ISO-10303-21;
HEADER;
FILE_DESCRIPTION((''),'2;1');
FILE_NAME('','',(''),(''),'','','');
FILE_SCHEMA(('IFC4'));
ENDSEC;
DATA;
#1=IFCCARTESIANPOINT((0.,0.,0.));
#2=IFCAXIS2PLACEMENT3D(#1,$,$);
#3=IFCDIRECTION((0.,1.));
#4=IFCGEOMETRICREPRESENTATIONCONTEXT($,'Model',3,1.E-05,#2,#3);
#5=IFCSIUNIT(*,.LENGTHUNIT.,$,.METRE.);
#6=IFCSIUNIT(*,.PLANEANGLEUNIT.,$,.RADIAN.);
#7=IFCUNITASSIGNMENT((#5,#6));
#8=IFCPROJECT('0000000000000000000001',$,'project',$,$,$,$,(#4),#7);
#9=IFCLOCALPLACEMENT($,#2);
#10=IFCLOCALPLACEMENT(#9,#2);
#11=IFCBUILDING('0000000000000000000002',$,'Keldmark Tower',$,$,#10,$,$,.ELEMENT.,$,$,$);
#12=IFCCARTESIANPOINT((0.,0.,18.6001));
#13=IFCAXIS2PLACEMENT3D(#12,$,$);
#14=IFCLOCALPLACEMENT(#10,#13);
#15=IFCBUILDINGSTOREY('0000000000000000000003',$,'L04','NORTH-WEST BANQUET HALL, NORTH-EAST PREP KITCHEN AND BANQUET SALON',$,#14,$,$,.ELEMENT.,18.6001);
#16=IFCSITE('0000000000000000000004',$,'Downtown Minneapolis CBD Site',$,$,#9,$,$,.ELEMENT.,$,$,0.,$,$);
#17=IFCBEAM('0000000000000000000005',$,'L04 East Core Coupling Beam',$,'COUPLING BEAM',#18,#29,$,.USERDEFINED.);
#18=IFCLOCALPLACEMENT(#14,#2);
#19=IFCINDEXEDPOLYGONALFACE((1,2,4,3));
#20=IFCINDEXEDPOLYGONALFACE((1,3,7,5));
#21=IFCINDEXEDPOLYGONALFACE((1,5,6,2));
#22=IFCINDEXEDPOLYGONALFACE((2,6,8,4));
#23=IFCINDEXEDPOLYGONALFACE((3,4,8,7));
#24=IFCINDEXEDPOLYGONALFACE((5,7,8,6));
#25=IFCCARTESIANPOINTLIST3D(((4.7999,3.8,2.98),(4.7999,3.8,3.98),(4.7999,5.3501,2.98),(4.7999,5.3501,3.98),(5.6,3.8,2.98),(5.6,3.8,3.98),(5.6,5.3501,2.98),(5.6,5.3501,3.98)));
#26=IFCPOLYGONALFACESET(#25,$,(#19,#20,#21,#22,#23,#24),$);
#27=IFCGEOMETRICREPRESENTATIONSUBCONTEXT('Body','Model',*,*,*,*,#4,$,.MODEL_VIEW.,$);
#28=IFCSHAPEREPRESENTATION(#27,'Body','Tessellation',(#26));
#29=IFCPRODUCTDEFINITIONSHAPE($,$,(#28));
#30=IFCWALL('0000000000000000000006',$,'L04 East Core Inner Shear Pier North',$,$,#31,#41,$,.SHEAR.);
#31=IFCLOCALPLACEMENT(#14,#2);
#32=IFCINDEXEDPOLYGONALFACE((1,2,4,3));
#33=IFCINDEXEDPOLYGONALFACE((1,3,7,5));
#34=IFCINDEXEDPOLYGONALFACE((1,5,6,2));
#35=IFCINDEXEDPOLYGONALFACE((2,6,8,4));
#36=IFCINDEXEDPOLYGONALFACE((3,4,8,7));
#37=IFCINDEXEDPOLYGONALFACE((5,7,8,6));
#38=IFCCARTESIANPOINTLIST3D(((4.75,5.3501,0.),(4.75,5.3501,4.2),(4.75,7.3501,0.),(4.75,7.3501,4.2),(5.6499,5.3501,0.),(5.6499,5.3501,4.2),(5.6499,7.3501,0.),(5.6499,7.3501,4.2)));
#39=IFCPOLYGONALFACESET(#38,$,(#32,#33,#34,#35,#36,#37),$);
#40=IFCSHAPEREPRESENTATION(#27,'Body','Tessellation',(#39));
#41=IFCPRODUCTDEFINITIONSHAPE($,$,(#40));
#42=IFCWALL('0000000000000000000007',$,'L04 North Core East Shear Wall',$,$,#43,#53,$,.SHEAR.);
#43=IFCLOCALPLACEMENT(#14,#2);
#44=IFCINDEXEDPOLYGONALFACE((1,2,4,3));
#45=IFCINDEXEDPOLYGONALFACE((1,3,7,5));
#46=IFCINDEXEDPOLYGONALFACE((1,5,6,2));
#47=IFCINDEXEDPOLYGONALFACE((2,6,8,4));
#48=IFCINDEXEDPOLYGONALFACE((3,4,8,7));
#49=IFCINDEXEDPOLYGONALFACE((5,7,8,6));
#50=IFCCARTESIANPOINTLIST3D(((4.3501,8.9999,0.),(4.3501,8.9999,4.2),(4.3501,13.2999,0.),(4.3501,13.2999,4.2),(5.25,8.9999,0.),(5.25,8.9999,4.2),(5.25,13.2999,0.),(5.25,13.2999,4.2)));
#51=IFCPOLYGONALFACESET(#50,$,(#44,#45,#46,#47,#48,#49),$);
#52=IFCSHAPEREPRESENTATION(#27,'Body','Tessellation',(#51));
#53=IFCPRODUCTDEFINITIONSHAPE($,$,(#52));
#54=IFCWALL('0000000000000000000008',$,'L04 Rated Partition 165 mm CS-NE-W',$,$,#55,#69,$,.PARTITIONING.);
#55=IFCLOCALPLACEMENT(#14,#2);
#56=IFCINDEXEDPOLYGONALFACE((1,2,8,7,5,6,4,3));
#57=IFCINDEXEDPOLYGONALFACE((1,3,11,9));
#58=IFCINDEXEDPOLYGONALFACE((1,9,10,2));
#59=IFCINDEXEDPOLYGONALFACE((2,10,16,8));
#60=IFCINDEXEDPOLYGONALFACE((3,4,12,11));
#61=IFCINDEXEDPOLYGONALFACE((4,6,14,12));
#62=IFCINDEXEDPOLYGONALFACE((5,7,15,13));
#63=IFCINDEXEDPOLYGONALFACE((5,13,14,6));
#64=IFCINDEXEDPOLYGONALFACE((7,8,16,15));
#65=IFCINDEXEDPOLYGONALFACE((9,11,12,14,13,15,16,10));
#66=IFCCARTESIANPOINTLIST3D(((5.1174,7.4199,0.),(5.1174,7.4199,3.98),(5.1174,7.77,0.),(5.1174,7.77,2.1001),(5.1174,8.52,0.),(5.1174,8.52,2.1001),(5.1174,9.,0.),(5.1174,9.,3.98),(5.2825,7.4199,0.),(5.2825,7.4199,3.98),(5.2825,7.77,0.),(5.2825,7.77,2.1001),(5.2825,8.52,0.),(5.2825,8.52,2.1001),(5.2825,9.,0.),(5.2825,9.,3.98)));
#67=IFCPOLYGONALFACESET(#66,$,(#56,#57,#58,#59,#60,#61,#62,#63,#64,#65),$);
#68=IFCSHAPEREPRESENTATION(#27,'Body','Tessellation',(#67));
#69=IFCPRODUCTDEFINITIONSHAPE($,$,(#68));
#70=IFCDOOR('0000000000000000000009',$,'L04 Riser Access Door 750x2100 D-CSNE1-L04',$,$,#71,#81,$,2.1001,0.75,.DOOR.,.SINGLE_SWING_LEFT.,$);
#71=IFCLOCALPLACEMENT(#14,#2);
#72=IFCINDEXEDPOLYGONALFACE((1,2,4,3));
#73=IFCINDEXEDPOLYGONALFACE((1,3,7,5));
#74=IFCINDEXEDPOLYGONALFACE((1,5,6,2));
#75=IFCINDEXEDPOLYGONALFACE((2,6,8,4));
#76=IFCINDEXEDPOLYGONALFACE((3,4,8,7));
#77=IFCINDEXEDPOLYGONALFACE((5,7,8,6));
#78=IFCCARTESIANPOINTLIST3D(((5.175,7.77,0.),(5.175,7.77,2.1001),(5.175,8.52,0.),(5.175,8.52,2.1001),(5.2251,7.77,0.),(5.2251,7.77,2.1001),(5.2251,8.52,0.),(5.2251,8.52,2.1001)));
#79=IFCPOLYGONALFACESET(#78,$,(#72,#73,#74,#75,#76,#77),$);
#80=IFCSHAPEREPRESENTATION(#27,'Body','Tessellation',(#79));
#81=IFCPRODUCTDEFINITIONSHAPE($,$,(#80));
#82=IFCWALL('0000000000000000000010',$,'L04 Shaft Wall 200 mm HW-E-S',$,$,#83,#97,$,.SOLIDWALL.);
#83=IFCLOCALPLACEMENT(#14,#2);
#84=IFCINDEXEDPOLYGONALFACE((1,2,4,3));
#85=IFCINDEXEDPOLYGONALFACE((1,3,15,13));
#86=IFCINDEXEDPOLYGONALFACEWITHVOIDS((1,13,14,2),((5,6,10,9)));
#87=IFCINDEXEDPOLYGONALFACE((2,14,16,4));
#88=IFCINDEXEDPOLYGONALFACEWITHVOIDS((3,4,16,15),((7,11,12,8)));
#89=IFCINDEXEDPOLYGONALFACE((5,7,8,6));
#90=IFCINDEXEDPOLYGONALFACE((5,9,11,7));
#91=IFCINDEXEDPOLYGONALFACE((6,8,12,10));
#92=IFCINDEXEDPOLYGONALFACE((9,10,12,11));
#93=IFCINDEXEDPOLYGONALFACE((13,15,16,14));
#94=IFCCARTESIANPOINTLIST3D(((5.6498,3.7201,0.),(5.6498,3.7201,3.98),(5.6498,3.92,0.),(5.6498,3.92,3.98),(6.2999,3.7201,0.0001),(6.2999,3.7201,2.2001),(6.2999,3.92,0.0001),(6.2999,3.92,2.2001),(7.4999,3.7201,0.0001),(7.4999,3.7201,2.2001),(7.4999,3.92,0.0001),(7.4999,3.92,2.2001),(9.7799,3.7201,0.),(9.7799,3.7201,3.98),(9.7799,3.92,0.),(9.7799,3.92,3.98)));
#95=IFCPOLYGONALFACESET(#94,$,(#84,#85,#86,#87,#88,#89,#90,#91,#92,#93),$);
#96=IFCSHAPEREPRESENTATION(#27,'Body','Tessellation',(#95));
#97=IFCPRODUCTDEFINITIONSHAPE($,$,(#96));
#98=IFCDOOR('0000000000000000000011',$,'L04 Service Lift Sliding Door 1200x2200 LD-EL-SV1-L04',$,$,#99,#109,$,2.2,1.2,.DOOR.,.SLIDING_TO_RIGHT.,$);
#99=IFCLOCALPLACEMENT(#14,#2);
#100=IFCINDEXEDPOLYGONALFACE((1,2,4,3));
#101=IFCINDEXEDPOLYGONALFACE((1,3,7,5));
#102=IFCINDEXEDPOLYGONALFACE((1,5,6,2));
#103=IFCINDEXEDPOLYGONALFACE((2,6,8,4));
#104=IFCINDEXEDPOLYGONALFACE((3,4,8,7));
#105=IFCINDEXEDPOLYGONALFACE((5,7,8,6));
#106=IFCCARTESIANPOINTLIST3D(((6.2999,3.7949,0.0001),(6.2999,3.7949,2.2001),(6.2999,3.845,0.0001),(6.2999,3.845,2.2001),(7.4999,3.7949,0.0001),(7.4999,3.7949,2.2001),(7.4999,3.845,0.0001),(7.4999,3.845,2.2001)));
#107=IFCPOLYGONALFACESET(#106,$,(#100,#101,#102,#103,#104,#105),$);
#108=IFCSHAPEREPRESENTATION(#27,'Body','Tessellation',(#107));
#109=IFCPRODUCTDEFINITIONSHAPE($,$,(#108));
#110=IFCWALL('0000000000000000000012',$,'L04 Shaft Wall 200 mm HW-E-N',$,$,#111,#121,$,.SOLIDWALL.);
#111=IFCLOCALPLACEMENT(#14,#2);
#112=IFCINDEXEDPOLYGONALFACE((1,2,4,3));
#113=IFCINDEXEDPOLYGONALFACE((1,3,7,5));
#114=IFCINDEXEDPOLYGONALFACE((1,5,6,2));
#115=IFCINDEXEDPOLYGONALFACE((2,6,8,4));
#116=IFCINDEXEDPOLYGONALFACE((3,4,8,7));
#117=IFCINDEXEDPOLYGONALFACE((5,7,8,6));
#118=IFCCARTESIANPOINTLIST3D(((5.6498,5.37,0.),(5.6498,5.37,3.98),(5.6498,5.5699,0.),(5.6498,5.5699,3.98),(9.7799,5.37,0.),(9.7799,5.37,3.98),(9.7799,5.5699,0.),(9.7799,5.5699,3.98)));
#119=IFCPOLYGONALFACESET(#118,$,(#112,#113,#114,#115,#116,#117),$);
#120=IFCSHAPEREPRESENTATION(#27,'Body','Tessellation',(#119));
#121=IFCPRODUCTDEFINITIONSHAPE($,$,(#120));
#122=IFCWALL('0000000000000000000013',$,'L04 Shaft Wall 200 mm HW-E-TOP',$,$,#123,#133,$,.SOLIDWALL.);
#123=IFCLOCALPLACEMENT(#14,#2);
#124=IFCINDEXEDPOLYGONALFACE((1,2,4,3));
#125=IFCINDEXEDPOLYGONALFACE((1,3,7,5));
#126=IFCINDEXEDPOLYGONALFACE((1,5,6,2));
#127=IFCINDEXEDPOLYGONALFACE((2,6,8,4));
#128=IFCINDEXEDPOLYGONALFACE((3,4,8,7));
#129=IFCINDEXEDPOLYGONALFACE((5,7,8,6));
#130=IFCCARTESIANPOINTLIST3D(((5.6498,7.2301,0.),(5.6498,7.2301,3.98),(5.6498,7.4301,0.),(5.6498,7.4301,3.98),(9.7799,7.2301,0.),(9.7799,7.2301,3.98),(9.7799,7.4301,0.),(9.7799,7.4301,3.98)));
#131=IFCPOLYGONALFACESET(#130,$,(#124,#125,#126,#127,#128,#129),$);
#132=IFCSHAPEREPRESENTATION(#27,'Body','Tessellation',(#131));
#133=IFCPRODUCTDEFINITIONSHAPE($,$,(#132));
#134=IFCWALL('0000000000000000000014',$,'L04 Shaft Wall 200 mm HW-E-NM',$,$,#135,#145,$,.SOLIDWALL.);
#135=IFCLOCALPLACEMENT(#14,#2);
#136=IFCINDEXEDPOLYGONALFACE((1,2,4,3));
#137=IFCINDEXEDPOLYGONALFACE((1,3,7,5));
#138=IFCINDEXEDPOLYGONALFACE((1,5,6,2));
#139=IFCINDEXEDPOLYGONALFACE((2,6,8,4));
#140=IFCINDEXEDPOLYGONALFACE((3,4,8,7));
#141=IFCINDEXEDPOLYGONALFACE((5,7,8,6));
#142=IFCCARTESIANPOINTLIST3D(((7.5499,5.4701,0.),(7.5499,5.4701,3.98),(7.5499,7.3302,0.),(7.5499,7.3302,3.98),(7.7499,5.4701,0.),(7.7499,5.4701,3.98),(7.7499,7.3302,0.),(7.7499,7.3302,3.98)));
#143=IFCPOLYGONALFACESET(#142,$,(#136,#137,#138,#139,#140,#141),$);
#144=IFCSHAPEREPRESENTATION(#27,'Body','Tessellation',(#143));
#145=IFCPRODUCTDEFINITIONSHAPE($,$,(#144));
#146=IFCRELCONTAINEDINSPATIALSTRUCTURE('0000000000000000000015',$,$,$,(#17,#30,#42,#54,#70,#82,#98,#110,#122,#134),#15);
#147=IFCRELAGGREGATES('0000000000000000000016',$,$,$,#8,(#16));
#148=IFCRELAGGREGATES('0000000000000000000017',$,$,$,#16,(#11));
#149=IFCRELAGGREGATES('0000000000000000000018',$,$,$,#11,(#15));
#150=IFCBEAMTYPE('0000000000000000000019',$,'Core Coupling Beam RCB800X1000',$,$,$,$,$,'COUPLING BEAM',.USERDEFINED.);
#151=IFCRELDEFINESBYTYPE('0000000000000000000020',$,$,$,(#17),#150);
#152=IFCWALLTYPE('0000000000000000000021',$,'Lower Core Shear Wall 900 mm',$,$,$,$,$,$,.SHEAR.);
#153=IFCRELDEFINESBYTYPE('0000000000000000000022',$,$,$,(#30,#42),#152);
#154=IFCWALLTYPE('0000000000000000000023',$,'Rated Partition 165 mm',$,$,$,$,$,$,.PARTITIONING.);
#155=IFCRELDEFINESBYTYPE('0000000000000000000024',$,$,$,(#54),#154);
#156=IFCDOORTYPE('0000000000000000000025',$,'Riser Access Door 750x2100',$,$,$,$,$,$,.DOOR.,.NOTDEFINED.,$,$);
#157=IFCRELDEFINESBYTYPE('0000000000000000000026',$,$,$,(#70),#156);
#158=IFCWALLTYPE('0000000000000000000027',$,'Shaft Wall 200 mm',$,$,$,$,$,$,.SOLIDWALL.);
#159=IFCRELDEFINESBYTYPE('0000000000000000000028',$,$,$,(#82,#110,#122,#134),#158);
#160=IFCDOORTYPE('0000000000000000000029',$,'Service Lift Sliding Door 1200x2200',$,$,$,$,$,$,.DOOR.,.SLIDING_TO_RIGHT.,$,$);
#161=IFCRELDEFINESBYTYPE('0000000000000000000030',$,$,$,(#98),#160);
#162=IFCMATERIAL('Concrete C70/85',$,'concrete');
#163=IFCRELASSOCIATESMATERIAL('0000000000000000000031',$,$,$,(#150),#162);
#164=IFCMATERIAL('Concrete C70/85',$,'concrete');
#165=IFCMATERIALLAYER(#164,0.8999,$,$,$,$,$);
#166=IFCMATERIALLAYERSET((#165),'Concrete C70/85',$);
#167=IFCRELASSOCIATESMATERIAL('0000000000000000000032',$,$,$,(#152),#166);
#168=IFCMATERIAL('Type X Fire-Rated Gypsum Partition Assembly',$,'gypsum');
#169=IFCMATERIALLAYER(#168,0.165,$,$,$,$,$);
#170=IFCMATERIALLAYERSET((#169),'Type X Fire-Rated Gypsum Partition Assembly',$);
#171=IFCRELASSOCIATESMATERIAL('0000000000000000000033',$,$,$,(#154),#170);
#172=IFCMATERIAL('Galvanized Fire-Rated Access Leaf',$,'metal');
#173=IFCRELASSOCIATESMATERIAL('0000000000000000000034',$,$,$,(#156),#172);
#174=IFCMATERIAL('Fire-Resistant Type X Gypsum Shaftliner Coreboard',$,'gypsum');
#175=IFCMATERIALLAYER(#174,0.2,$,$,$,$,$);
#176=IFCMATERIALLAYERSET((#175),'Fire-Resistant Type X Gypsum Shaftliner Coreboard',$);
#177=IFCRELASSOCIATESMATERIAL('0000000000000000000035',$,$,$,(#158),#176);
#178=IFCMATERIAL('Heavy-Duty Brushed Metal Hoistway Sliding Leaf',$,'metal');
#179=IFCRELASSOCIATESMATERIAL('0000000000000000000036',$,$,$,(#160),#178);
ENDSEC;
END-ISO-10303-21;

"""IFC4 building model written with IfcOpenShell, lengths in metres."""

from ifc_helpers import new_model, si_unit, direction, frame, frame_2d, origin, origin_2d, place, context, subcontext, project, spatial, rectangle, extrude, material, layer, layer_set, material_profile, profile_set, type_object, element, fill, save


model = new_model("IFC4")

# Units and contexts
model_context = context("Model", 3, precision=1e-05, world=origin(), true_north=direction((0.0, 1.0)))
body_context = subcontext(model_context, "Body", "Model", "MODEL_VIEW")
ifc_project = project(units=[si_unit("LENGTHUNIT", "METRE"), si_unit("PLANEANGLEUNIT", "RADIAN")], contexts=[model_context])

# Site, building, storey
site_placement = place(None, origin())
site = spatial("IfcSite", under=ifc_project, at=site_placement, Name="Downtown Minneapolis CBD Site", CompositionType="ELEMENT", RefElevation=0.0)
building_placement = place(site_placement, origin())
building = spatial("IfcBuilding", under=site, at=building_placement, Name="Keldmark Tower", CompositionType="ELEMENT")
storey_placement = place(building_placement, frame((0.0, 0.0, 18.6001)))
storey = spatial("IfcBuildingStorey", under=building, at=storey_placement, Name="L04", Description="NORTH-WEST BANQUET HALL, NORTH-EAST PREP KITCHEN AND BANQUET SALON", CompositionType="ELEMENT", Elevation=18.6001)

# Beam
ifc_material_1 = material(Name="Concrete C70/85", Category="concrete")
ifc_material_profile = material_profile(ifc_material_1, rectangle(XDim=0.8, YDim=1.0, at=origin_2d()), Name="RCB800X1000")
ifc_profile_set = profile_set([ifc_material_profile], Name="Concrete C70/85")
beam_type = type_object("IfcBeamType", Name="Core Coupling Beam RCB800X1000", ElementType="COUPLING BEAM", PredefinedType="USERDEFINED", material=ifc_profile_set)
beam_placement = place(storey_placement, frame((5.2, 3.8, 3.48), z_axis=(0.0, 1.0, 0.0), x_axis=(-1.0, 0.0, 0.0)))
element("IfcBeam", 1, at=beam_placement, inside=storey, type_object=beam_type, Name="L04 East Core Coupling Beam", ObjectType="COUPLING BEAM", PredefinedType="USERDEFINED", context=body_context, shape_type="SweptSolid", body=[
    extrude(rectangle(XDim=0.8, YDim=1.0, at=origin_2d()), origin(), (0.0, 0.0, 1.0), 1.55),
])

# Walls
ifc_material_2 = material(Name="Concrete C70/85", Category="concrete")
ifc_layer_1 = layer(ifc_material_2, 0.8999)
ifc_layer_set_1 = layer_set([ifc_layer_1], Name="Concrete C70/85")
wall_type_1 = type_object("IfcWallType", Name="Lower Core Shear Wall 900 mm", PredefinedType="SHEAR", material=ifc_layer_set_1)
wall_1_placement = place(storey_placement, frame((5.2, 5.3501, 0.0), z_axis=(0.0, 0.0, 1.0), x_axis=(0.0, 1.0, 0.0)))
element("IfcWall", 2, at=wall_1_placement, inside=storey, type_object=wall_type_1, Name="L04 East Core Inner Shear Pier North", PredefinedType="SHEAR", context=body_context, shape_type="SweptSolid", body=[
    extrude(rectangle(XDim=2.0, YDim=0.8999, at=frame_2d((1.0, 0.0))), origin(), (0.0, 0.0, 1.0), 4.2),
])
wall_2_placement = place(storey_placement, frame((4.8, 9.0, 0.0), z_axis=(0.0, 0.0, 1.0), x_axis=(0.0, 1.0, 0.0)))
element("IfcWall", 3, at=wall_2_placement, inside=storey, type_object=wall_type_1, Name="L04 North Core East Shear Wall", PredefinedType="SHEAR", context=body_context, shape_type="SweptSolid", body=[
    extrude(rectangle(XDim=4.3, YDim=0.8999, at=frame_2d((2.1499, 0.0))), origin(), (0.0, 0.0, 1.0), 4.2),
])

# Walls, openings, doors
ifc_material_3 = material(Name="Type X Fire-Rated Gypsum Partition Assembly", Category="gypsum")
ifc_layer_2 = layer(ifc_material_3, 0.165)
ifc_layer_set_2 = layer_set([ifc_layer_2], Name="Type X Fire-Rated Gypsum Partition Assembly")
wall_type_2 = type_object("IfcWallType", Name="Rated Partition 165 mm", PredefinedType="PARTITIONING", material=ifc_layer_set_2)
wall_3_placement = place(storey_placement, frame((5.2, 7.4199, 0.0), z_axis=(0.0, 0.0, 1.0), x_axis=(0.0, 1.0, 0.0)))
wall_3 = element("IfcWall", 4, at=wall_3_placement, inside=storey, type_object=wall_type_2, Name="L04 Rated Partition 165 mm CS-NE-W", PredefinedType="PARTITIONING", context=body_context, shape_type="SweptSolid", body=[
    extrude(rectangle(XDim=1.5801, YDim=0.165, at=frame_2d((0.79, 0.0))), origin(), (0.0, 0.0, 1.0), 3.98),
])
opening_1_placement = place(wall_3_placement, frame((0.3501, 0.0, 0.0)))
opening_1 = element("IfcOpeningElement", 5, at=opening_1_placement, cuts=wall_3, PredefinedType="OPENING", context=body_context, shape_type="SweptSolid", body=[
    extrude(rectangle(XDim=0.75, YDim=2.1001, at=frame_2d((0.375, 1.05))), frame((0.0, 0.0925, 0.0), z_axis=(0.0, -1.0, 0.0), x_axis=(1.0, 0.0, 0.0)), (0.0, 0.0, 1.0), 0.1851),
])
ifc_material_4 = material(Name="Galvanized Fire-Rated Access Leaf", Category="metal")
door_type_1 = type_object("IfcDoorType", Name="Riser Access Door 750x2100", OperationType="NOTDEFINED", PredefinedType="DOOR", material=ifc_material_4)
door_1_placement = place(opening_1_placement, origin())
door_1 = element("IfcDoor", 6, at=door_1_placement, inside=storey, type_object=door_type_1, Name="L04 Riser Access Door 750x2100 D-CSNE1-L04", OperationType="SINGLE_SWING_LEFT", OverallHeight=2.1001, OverallWidth=0.75, PredefinedType="DOOR", context=body_context, shape_type="SweptSolid", body=[
    extrude(rectangle(XDim=0.75, YDim=2.1001, at=frame_2d((0.375, 1.05))), frame((0.0, 0.0249, 0.0), z_axis=(0.0, -1.0, 0.0), x_axis=(1.0, 0.0, 0.0)), (0.0, 0.0, 1.0), 0.05),
])
fill(opening_1, door_1)
ifc_material_5 = material(Name="Fire-Resistant Type X Gypsum Shaftliner Coreboard", Category="gypsum")
ifc_layer_3 = layer(ifc_material_5, 0.2)
ifc_layer_set_3 = layer_set([ifc_layer_3], Name="Fire-Resistant Type X Gypsum Shaftliner Coreboard")
wall_type_3 = type_object("IfcWallType", Name="Shaft Wall 200 mm", PredefinedType="SOLIDWALL", material=ifc_layer_set_3)
wall_4_placement = place(storey_placement, frame((5.6499, 3.8201, 0.0), z_axis=(0.0, 0.0, 1.0), x_axis=(1.0, 0.0, 0.0)))
wall_4 = element("IfcWall", 7, at=wall_4_placement, inside=storey, type_object=wall_type_3, Name="L04 Shaft Wall 200 mm HW-E-S", PredefinedType="SOLIDWALL", context=body_context, shape_type="SweptSolid", body=[
    extrude(rectangle(XDim=4.1301, YDim=0.2, at=frame_2d((2.0649, 0.0))), origin(), (0.0, 0.0, 1.0), 3.98),
])
opening_2_placement = place(wall_4_placement, frame((0.6499, 0.0, 0.0)))
opening_2 = element("IfcOpeningElement", 8, at=opening_2_placement, cuts=wall_4, PredefinedType="OPENING", context=body_context, shape_type="SweptSolid", body=[
    extrude(rectangle(XDim=1.2, YDim=2.2, at=frame_2d((0.6001, 1.1001))), frame((0.0, 0.1099, 0.0), z_axis=(0.0, -1.0, 0.0), x_axis=(1.0, 0.0, 0.0)), (0.0, 0.0, 1.0), 0.22),
])
ifc_material_6 = material(Name="Heavy-Duty Brushed Metal Hoistway Sliding Leaf", Category="metal")
door_type_2 = type_object("IfcDoorType", Name="Service Lift Sliding Door 1200x2200", OperationType="SLIDING_TO_RIGHT", PredefinedType="DOOR", material=ifc_material_6)
door_2_placement = place(opening_2_placement, origin())
door_2 = element("IfcDoor", 9, at=door_2_placement, inside=storey, type_object=door_type_2, Name="L04 Service Lift Sliding Door 1200x2200 LD-EL-SV1-L04", OperationType="SLIDING_TO_RIGHT", OverallHeight=2.2, OverallWidth=1.2, PredefinedType="DOOR", context=body_context, shape_type="SweptSolid", body=[
    extrude(rectangle(XDim=1.2, YDim=2.2, at=frame_2d((0.6001, 1.1001))), frame((0.0, 0.0249, 0.0), z_axis=(0.0, -1.0, 0.0), x_axis=(1.0, 0.0, 0.0)), (0.0, 0.0, 1.0), 0.05),
])
fill(opening_2, door_2)

# Walls
for number, where, z_axis, x_axis, name in (
    (10, (5.6499, 5.47, 0.0), (0.0, 0.0, 1.0), (1.0, 0.0, 0.0), "L04 Shaft Wall 200 mm HW-E-N"),
    (11, (5.6499, 7.3301, 0.0), (0.0, 0.0, 1.0), (1.0, 0.0, 0.0), "L04 Shaft Wall 200 mm HW-E-TOP"),
):
    element("IfcWall", number, at=place(storey_placement, frame(where, z_axis=z_axis, x_axis=x_axis)), inside=storey, type_object=wall_type_3, Name=name, PredefinedType="SOLIDWALL", context=body_context, shape_type="SweptSolid", body=[
        extrude(rectangle(XDim=4.1301, YDim=0.2, at=frame_2d((2.0649, 0.0))), origin(), (0.0, 0.0, 1.0), 3.98),
    ])
wall_5_placement = place(storey_placement, frame((7.6499, 5.47, 0.0), z_axis=(0.0, 0.0, 1.0), x_axis=(0.0, 1.0, 0.0)))
element("IfcWall", 12, at=wall_5_placement, inside=storey, type_object=wall_type_3, Name="L04 Shaft Wall 200 mm HW-E-NM", PredefinedType="SOLIDWALL", context=body_context, shape_type="SweptSolid", body=[
    extrude(rectangle(XDim=1.8601, YDim=0.2, at=frame_2d((0.9302, 0.0))), origin(), (0.0, 0.0, 1.0), 3.98),
])

save(model, "model.ifc")
